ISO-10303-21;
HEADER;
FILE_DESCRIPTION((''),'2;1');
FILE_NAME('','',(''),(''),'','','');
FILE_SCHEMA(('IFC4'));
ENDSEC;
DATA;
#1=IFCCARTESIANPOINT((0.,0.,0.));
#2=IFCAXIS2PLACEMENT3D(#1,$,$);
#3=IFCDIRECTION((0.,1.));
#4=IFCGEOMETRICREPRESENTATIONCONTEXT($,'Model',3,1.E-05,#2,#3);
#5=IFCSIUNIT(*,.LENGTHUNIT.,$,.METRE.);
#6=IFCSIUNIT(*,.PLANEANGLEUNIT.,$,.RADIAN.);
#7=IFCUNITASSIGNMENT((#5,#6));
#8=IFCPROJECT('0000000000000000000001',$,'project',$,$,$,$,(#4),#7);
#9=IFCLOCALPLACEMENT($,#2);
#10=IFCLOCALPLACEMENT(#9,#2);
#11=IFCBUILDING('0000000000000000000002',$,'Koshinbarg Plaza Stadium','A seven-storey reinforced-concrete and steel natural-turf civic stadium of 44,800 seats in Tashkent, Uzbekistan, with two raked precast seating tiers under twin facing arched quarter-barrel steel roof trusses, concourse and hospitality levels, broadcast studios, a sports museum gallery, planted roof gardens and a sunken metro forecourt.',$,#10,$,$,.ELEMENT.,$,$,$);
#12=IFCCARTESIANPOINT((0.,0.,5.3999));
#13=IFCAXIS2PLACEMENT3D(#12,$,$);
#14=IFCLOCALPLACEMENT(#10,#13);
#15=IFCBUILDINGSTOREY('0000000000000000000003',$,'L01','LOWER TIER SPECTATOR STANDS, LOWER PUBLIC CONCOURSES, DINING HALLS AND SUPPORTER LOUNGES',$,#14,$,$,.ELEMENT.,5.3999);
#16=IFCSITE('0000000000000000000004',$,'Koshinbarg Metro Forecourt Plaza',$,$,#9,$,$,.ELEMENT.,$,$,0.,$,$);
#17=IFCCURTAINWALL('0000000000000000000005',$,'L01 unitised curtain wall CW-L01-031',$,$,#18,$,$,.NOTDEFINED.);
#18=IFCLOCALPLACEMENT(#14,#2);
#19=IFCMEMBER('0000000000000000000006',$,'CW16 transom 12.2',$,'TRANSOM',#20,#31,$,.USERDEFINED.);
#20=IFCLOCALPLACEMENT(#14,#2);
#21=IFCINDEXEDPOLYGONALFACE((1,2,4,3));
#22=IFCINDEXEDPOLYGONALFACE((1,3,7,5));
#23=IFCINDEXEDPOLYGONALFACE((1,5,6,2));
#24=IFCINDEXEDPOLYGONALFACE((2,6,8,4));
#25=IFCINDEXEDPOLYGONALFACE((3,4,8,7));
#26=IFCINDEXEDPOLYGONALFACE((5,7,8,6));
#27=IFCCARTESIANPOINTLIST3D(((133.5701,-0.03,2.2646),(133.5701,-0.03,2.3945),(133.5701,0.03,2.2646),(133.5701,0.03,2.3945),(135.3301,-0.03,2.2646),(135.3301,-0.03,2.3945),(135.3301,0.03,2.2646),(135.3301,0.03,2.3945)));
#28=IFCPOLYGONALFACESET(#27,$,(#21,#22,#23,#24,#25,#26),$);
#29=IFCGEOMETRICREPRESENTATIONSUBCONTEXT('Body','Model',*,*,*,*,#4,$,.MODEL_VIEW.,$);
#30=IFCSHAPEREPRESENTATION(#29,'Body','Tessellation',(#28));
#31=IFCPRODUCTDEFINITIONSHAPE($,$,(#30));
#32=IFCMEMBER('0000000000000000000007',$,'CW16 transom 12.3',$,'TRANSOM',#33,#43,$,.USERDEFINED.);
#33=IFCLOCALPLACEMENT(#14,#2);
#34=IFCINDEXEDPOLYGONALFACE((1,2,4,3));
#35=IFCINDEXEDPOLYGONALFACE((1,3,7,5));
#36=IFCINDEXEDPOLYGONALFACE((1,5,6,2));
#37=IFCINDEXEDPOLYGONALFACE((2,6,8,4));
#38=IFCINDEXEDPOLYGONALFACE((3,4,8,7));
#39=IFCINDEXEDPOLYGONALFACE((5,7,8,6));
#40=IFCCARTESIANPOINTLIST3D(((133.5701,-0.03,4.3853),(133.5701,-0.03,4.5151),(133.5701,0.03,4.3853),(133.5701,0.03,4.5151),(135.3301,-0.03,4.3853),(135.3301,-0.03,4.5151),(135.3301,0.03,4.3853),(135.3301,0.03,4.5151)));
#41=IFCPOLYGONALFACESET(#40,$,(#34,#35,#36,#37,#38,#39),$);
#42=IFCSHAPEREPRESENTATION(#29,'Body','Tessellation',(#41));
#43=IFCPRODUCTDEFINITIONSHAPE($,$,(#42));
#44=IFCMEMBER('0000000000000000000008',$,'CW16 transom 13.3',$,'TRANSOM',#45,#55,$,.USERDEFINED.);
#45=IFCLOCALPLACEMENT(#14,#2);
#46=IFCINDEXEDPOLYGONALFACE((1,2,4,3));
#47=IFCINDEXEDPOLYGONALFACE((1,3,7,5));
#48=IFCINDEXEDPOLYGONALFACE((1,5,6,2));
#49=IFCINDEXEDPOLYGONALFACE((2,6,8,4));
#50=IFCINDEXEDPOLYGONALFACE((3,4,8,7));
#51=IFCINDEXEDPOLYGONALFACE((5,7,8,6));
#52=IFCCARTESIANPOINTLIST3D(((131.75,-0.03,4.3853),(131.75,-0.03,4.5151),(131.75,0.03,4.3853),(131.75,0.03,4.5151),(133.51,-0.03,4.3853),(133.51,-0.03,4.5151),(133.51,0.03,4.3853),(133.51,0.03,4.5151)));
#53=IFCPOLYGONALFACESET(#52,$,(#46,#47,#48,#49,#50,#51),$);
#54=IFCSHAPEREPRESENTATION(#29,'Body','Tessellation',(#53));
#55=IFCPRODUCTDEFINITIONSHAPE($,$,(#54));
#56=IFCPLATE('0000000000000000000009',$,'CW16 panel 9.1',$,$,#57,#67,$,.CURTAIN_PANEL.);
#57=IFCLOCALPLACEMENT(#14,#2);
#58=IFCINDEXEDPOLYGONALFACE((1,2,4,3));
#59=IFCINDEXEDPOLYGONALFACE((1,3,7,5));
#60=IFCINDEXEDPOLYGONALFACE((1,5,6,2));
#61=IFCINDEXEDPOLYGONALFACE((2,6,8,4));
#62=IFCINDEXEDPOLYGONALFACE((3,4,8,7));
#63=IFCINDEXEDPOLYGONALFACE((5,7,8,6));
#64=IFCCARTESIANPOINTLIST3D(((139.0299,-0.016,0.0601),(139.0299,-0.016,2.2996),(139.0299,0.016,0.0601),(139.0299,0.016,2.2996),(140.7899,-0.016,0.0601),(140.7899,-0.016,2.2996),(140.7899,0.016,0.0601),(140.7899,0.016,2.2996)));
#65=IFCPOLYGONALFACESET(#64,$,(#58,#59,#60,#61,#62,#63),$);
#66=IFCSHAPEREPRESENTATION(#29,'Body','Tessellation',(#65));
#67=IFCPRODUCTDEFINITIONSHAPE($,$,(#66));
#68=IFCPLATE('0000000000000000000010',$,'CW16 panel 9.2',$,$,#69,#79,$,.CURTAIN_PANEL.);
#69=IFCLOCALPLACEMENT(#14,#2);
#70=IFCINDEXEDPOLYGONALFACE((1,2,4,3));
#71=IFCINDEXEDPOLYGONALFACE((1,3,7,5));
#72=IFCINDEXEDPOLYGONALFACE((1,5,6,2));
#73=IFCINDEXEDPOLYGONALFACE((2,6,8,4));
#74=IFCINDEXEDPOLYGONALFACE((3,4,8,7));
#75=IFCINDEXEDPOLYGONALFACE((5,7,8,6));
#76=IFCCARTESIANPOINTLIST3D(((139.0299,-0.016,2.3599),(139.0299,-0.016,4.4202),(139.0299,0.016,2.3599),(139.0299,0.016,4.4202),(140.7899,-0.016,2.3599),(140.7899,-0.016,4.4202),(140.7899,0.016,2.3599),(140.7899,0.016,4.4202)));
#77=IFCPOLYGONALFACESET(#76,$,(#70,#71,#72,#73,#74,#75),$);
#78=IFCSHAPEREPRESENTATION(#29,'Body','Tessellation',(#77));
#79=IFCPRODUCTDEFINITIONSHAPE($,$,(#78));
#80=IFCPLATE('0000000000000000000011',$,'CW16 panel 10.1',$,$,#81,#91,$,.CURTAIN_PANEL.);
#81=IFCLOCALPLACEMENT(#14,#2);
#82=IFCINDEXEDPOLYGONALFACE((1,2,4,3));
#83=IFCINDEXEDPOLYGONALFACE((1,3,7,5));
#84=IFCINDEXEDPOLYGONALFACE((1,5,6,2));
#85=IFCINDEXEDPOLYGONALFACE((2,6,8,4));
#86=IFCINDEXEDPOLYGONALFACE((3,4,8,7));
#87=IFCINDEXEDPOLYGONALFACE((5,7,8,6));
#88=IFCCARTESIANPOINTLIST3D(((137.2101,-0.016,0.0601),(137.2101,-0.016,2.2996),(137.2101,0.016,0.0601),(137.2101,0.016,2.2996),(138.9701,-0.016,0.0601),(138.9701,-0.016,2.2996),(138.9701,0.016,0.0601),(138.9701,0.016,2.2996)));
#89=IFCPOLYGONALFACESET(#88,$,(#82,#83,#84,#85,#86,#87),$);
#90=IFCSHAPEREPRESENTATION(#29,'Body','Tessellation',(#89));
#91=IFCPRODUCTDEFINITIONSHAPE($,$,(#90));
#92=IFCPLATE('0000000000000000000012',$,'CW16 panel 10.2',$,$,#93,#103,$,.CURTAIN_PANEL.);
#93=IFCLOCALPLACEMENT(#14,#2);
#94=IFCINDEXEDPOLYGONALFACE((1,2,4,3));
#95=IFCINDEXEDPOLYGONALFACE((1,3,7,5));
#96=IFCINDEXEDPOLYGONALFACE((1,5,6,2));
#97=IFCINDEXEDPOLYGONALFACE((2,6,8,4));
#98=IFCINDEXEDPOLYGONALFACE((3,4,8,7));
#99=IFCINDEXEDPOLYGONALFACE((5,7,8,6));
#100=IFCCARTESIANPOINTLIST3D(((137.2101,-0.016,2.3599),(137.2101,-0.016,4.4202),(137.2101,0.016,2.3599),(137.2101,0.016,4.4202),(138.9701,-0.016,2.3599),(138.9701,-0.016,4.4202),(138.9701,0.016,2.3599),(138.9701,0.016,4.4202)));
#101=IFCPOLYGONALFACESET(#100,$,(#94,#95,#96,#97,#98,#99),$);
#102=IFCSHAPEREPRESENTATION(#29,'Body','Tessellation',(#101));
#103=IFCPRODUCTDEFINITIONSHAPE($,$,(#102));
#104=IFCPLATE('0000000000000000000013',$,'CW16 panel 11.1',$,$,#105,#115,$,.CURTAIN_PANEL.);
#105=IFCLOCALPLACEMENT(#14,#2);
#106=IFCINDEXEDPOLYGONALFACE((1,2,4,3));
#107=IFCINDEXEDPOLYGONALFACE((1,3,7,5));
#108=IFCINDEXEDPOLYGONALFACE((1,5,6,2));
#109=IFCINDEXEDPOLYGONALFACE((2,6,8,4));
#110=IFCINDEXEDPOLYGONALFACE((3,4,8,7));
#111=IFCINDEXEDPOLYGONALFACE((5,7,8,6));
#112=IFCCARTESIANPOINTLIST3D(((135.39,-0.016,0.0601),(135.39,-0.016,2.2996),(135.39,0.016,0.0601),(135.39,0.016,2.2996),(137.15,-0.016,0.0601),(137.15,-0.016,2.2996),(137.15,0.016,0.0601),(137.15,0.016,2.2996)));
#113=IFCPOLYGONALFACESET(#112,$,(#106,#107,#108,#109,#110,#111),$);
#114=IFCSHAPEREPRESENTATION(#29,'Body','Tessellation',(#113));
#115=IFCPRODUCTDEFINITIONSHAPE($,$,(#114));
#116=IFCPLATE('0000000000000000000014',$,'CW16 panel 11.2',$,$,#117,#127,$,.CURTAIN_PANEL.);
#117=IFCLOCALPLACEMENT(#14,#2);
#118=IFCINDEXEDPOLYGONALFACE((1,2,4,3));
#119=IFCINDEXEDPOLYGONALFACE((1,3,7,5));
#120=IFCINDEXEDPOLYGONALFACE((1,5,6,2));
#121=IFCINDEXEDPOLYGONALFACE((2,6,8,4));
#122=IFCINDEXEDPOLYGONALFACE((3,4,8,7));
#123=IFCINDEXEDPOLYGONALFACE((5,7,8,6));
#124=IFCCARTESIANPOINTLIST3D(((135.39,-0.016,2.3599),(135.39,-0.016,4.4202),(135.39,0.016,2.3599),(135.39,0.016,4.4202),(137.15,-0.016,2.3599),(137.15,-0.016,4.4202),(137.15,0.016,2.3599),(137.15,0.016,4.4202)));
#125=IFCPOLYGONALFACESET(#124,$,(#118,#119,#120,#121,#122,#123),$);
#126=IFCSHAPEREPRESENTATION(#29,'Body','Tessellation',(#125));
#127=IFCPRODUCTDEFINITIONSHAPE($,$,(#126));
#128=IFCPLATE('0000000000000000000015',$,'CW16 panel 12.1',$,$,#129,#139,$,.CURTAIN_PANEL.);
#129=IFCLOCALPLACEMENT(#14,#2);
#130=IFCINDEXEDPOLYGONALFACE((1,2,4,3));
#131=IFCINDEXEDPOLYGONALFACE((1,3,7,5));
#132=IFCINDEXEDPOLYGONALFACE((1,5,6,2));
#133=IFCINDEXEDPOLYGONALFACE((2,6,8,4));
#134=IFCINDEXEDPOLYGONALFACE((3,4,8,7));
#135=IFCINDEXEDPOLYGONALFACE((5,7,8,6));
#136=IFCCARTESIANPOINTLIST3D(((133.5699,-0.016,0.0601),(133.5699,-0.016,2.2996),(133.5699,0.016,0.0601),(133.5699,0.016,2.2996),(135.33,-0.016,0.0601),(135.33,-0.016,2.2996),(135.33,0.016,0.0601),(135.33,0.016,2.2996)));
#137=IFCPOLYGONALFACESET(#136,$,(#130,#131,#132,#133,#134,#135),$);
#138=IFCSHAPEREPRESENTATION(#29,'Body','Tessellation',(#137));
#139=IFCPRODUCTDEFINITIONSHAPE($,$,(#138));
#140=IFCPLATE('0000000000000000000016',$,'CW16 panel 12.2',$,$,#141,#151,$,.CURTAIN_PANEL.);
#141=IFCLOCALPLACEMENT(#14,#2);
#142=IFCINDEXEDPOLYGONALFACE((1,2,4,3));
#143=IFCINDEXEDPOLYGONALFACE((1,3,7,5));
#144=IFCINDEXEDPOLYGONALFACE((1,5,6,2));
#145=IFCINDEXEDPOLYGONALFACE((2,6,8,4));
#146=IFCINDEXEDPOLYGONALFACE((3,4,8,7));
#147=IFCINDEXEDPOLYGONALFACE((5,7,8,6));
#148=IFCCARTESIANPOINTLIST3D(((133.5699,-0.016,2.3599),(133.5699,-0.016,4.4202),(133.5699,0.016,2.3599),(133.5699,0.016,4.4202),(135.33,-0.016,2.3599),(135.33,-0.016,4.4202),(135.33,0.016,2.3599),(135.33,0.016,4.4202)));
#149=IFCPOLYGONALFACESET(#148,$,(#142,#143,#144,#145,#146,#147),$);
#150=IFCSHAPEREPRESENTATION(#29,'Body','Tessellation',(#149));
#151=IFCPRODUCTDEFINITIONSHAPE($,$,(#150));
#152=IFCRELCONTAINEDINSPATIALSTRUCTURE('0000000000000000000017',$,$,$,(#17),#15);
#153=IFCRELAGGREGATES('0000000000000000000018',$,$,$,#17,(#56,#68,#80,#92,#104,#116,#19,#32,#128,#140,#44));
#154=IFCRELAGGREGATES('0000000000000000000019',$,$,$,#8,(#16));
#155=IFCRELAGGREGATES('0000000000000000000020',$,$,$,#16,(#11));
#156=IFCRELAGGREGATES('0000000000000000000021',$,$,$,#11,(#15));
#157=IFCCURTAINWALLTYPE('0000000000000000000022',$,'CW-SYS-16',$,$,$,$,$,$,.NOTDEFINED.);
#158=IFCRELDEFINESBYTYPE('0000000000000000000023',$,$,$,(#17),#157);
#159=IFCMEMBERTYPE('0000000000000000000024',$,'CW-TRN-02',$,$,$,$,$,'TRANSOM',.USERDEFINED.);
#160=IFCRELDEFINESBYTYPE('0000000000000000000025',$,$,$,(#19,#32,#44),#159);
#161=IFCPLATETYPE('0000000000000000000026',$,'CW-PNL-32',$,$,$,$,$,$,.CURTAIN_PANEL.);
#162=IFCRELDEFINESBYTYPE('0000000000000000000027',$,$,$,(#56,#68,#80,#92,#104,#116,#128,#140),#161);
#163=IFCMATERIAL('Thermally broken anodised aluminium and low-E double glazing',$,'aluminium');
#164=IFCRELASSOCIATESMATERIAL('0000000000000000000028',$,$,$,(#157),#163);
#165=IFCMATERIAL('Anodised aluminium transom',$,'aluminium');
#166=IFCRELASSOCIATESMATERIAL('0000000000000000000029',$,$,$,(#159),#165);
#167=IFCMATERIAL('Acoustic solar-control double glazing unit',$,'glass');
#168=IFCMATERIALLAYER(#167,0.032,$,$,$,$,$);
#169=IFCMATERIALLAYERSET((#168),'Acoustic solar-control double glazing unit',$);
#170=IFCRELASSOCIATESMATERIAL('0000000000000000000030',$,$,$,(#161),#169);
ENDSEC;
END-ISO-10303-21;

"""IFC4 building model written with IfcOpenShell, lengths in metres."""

from ifc_helpers import new_model, si_unit, direction, frame, origin, origin_2d, place, context, subcontext, project, spatial, rectangle, extrude, material, layer, layer_set, material_profile, profile_set, type_object, element, aggregate, save


model = new_model("IFC4")

# Units and contexts
model_context = context("Model", 3, precision=1e-05, world=origin(), true_north=direction((0.0, 1.0)))
body_context = subcontext(model_context, "Body", "Model", "MODEL_VIEW")
ifc_project = project(units=[si_unit("LENGTHUNIT", "METRE"), si_unit("PLANEANGLEUNIT", "RADIAN")], contexts=[model_context])

# Site, building, storey
site_placement = place(None, origin())
site = spatial("IfcSite", under=ifc_project, at=site_placement, Name="Koshinbarg Metro Forecourt Plaza", CompositionType="ELEMENT", RefElevation=0.0)
building_placement = place(site_placement, origin())
building = spatial("IfcBuilding", under=site, at=building_placement, Name="Koshinbarg Plaza Stadium", Description="A seven-storey reinforced-concrete and steel natural-turf civic stadium of 44,800 seats in Tashkent, Uzbekistan, with two raked precast seating tiers under twin facing arched quarter-barrel steel roof trusses, concourse and hospitality levels, broadcast studios, a sports museum gallery, planted roof gardens and a sunken metro forecourt.", CompositionType="ELEMENT")
storey_placement = place(building_placement, frame((0.0, 0.0, 5.3999)))
storey = spatial("IfcBuildingStorey", under=building, at=storey_placement, Name="L01", Description="LOWER TIER SPECTATOR STANDS, LOWER PUBLIC CONCOURSES, DINING HALLS AND SUPPORTER LOUNGES", CompositionType="ELEMENT", Elevation=5.3999)

# Curtain wall, members, plates
ifc_material_1 = material(Name="Thermally broken anodised aluminium and low-E double glazing", Category="aluminium")
curtain_wall_type = type_object("IfcCurtainWallType", Name="CW-SYS-16", PredefinedType="NOTDEFINED", material=ifc_material_1)
curtain_wall_placement = place(storey_placement, origin())
curtain_wall = element("IfcCurtainWall", 1, at=curtain_wall_placement, inside=storey, type_object=curtain_wall_type, Name="L01 unitised curtain wall CW-L01-031", PredefinedType="NOTDEFINED")
ifc_material_2 = material(Name="Anodised aluminium transom", Category="aluminium")
ifc_material_profile_1 = material_profile(ifc_material_2, rectangle(XDim=0.0601, YDim=0.1299, at=origin_2d()), Name="ALU 60x130")
ifc_profile_set_1 = profile_set([ifc_material_profile_1], Name="Anodised aluminium transom")
member_type_1 = type_object("IfcMemberType", Name="CW-TRN-02", ElementType="TRANSOM", PredefinedType="USERDEFINED", material=ifc_profile_set_1)
member_1_placement = place(storey_placement, frame((135.3301, 0.0, 2.3296), z_axis=(-1.0, 0.0, 0.0), x_axis=(0.0, -1.0, 0.0)))
member_1 = element("IfcMember", 2, at=member_1_placement, type_object=member_type_1, Name="CW16 transom 12.2", ObjectType="TRANSOM", PredefinedType="USERDEFINED", context=body_context, shape_type="SweptSolid", body=[
    extrude(rectangle(XDim=0.0601, YDim=0.1299, at=origin_2d()), origin(), (0.0, 0.0, 1.0), 1.76),
])
member_2_placement = place(storey_placement, frame((135.3301, 0.0, 4.4502), z_axis=(-1.0, 0.0, 0.0), x_axis=(0.0, -1.0, 0.0)))
member_2 = element("IfcMember", 3, at=member_2_placement, type_object=member_type_1, Name="CW16 transom 12.3", ObjectType="TRANSOM", PredefinedType="USERDEFINED", context=body_context, shape_type="SweptSolid", body=[
    extrude(rectangle(XDim=0.0601, YDim=0.1299, at=origin_2d()), origin(), (0.0, 0.0, 1.0), 1.76),
])
member_3_placement = place(storey_placement, frame((133.51, 0.0, 4.4502), z_axis=(-1.0, 0.0, 0.0), x_axis=(0.0, -1.0, 0.0)))
member_3 = element("IfcMember", 4, at=member_3_placement, type_object=member_type_1, Name="CW16 transom 13.3", ObjectType="TRANSOM", PredefinedType="USERDEFINED", context=body_context, shape_type="SweptSolid", body=[
    extrude(rectangle(XDim=0.0601, YDim=0.1299, at=origin_2d()), origin(), (0.0, 0.0, 1.0), 1.76),
])
ifc_material_3 = material(Name="Acoustic solar-control double glazing unit", Category="glass")
ifc_layer = layer(ifc_material_3, 0.032)
ifc_layer_set = layer_set([ifc_layer], Name="Acoustic solar-control double glazing unit")
plate_type = type_object("IfcPlateType", Name="CW-PNL-32", PredefinedType="CURTAIN_PANEL", material=ifc_layer_set)
plate_1_placement = place(storey_placement, frame((139.9099, 0.0, 0.0601), z_axis=(0.0, 0.0, 1.0), x_axis=(-1.0, 0.0, 0.0)))
plate_1 = element("IfcPlate", 5, at=plate_1_placement, type_object=plate_type, Name="CW16 panel 9.1", PredefinedType="CURTAIN_PANEL", context=body_context, shape_type="SweptSolid", body=[
    extrude(rectangle(XDim=1.76, YDim=0.032, at=origin_2d()), origin(), (0.0, 0.0, 1.0), 2.2395),
])
plate_2_placement = place(storey_placement, frame((139.9099, 0.0, 2.3599), z_axis=(0.0, 0.0, 1.0), x_axis=(-1.0, 0.0, 0.0)))
plate_2 = element("IfcPlate", 6, at=plate_2_placement, type_object=plate_type, Name="CW16 panel 9.2", PredefinedType="CURTAIN_PANEL", context=body_context, shape_type="SweptSolid", body=[
    extrude(rectangle(XDim=1.76, YDim=0.032, at=origin_2d()), origin(), (0.0, 0.0, 1.0), 2.0603),
])
plate_3_placement = place(storey_placement, frame((138.0901, 0.0, 0.0601), z_axis=(0.0, 0.0, 1.0), x_axis=(-1.0, 0.0, 0.0)))
plate_3 = element("IfcPlate", 7, at=plate_3_placement, type_object=plate_type, Name="CW16 panel 10.1", PredefinedType="CURTAIN_PANEL", context=body_context, shape_type="SweptSolid", body=[
    extrude(rectangle(XDim=1.76, YDim=0.032, at=origin_2d()), origin(), (0.0, 0.0, 1.0), 2.2395),
])
plate_4_placement = place(storey_placement, frame((138.0901, 0.0, 2.3599), z_axis=(0.0, 0.0, 1.0), x_axis=(-1.0, 0.0, 0.0)))
plate_4 = element("IfcPlate", 8, at=plate_4_placement, type_object=plate_type, Name="CW16 panel 10.2", PredefinedType="CURTAIN_PANEL", context=body_context, shape_type="SweptSolid", body=[
    extrude(rectangle(XDim=1.76, YDim=0.032, at=origin_2d()), origin(), (0.0, 0.0, 1.0), 2.0603),
])
plate_5_placement = place(storey_placement, frame((136.27, 0.0, 0.0601), z_axis=(0.0, 0.0, 1.0), x_axis=(-1.0, 0.0, 0.0)))
plate_5 = element("IfcPlate", 9, at=plate_5_placement, type_object=plate_type, Name="CW16 panel 11.1", PredefinedType="CURTAIN_PANEL", context=body_context, shape_type="SweptSolid", body=[
    extrude(rectangle(XDim=1.76, YDim=0.032, at=origin_2d()), origin(), (0.0, 0.0, 1.0), 2.2395),
])
plate_6_placement = place(storey_placement, frame((136.27, 0.0, 2.3599), z_axis=(0.0, 0.0, 1.0), x_axis=(-1.0, 0.0, 0.0)))
plate_6 = element("IfcPlate", 10, at=plate_6_placement, type_object=plate_type, Name="CW16 panel 11.2", PredefinedType="CURTAIN_PANEL", context=body_context, shape_type="SweptSolid", body=[
    extrude(rectangle(XDim=1.76, YDim=0.032, at=origin_2d()), origin(), (0.0, 0.0, 1.0), 2.0603),
])
plate_7_placement = place(storey_placement, frame((134.45, 0.0, 0.0601), z_axis=(0.0, 0.0, 1.0), x_axis=(-1.0, 0.0, 0.0)))
plate_7 = element("IfcPlate", 11, at=plate_7_placement, type_object=plate_type, Name="CW16 panel 12.1", PredefinedType="CURTAIN_PANEL", context=body_context, shape_type="SweptSolid", body=[
    extrude(rectangle(XDim=1.76, YDim=0.032, at=origin_2d()), origin(), (0.0, 0.0, 1.0), 2.2395),
])
plate_8_placement = place(storey_placement, frame((134.45, 0.0, 2.3599), z_axis=(0.0, 0.0, 1.0), x_axis=(-1.0, 0.0, 0.0)))
plate_8 = element("IfcPlate", 12, at=plate_8_placement, type_object=plate_type, Name="CW16 panel 12.2", PredefinedType="CURTAIN_PANEL", context=body_context, shape_type="SweptSolid", body=[
    extrude(rectangle(XDim=1.76, YDim=0.032, at=origin_2d()), origin(), (0.0, 0.0, 1.0), 2.0603),
])
aggregate(curtain_wall, [plate_1, plate_2, plate_3, plate_4, plate_5, plate_6, member_1, member_2, plate_7, plate_8, member_3])

save(model, "model.ifc")
